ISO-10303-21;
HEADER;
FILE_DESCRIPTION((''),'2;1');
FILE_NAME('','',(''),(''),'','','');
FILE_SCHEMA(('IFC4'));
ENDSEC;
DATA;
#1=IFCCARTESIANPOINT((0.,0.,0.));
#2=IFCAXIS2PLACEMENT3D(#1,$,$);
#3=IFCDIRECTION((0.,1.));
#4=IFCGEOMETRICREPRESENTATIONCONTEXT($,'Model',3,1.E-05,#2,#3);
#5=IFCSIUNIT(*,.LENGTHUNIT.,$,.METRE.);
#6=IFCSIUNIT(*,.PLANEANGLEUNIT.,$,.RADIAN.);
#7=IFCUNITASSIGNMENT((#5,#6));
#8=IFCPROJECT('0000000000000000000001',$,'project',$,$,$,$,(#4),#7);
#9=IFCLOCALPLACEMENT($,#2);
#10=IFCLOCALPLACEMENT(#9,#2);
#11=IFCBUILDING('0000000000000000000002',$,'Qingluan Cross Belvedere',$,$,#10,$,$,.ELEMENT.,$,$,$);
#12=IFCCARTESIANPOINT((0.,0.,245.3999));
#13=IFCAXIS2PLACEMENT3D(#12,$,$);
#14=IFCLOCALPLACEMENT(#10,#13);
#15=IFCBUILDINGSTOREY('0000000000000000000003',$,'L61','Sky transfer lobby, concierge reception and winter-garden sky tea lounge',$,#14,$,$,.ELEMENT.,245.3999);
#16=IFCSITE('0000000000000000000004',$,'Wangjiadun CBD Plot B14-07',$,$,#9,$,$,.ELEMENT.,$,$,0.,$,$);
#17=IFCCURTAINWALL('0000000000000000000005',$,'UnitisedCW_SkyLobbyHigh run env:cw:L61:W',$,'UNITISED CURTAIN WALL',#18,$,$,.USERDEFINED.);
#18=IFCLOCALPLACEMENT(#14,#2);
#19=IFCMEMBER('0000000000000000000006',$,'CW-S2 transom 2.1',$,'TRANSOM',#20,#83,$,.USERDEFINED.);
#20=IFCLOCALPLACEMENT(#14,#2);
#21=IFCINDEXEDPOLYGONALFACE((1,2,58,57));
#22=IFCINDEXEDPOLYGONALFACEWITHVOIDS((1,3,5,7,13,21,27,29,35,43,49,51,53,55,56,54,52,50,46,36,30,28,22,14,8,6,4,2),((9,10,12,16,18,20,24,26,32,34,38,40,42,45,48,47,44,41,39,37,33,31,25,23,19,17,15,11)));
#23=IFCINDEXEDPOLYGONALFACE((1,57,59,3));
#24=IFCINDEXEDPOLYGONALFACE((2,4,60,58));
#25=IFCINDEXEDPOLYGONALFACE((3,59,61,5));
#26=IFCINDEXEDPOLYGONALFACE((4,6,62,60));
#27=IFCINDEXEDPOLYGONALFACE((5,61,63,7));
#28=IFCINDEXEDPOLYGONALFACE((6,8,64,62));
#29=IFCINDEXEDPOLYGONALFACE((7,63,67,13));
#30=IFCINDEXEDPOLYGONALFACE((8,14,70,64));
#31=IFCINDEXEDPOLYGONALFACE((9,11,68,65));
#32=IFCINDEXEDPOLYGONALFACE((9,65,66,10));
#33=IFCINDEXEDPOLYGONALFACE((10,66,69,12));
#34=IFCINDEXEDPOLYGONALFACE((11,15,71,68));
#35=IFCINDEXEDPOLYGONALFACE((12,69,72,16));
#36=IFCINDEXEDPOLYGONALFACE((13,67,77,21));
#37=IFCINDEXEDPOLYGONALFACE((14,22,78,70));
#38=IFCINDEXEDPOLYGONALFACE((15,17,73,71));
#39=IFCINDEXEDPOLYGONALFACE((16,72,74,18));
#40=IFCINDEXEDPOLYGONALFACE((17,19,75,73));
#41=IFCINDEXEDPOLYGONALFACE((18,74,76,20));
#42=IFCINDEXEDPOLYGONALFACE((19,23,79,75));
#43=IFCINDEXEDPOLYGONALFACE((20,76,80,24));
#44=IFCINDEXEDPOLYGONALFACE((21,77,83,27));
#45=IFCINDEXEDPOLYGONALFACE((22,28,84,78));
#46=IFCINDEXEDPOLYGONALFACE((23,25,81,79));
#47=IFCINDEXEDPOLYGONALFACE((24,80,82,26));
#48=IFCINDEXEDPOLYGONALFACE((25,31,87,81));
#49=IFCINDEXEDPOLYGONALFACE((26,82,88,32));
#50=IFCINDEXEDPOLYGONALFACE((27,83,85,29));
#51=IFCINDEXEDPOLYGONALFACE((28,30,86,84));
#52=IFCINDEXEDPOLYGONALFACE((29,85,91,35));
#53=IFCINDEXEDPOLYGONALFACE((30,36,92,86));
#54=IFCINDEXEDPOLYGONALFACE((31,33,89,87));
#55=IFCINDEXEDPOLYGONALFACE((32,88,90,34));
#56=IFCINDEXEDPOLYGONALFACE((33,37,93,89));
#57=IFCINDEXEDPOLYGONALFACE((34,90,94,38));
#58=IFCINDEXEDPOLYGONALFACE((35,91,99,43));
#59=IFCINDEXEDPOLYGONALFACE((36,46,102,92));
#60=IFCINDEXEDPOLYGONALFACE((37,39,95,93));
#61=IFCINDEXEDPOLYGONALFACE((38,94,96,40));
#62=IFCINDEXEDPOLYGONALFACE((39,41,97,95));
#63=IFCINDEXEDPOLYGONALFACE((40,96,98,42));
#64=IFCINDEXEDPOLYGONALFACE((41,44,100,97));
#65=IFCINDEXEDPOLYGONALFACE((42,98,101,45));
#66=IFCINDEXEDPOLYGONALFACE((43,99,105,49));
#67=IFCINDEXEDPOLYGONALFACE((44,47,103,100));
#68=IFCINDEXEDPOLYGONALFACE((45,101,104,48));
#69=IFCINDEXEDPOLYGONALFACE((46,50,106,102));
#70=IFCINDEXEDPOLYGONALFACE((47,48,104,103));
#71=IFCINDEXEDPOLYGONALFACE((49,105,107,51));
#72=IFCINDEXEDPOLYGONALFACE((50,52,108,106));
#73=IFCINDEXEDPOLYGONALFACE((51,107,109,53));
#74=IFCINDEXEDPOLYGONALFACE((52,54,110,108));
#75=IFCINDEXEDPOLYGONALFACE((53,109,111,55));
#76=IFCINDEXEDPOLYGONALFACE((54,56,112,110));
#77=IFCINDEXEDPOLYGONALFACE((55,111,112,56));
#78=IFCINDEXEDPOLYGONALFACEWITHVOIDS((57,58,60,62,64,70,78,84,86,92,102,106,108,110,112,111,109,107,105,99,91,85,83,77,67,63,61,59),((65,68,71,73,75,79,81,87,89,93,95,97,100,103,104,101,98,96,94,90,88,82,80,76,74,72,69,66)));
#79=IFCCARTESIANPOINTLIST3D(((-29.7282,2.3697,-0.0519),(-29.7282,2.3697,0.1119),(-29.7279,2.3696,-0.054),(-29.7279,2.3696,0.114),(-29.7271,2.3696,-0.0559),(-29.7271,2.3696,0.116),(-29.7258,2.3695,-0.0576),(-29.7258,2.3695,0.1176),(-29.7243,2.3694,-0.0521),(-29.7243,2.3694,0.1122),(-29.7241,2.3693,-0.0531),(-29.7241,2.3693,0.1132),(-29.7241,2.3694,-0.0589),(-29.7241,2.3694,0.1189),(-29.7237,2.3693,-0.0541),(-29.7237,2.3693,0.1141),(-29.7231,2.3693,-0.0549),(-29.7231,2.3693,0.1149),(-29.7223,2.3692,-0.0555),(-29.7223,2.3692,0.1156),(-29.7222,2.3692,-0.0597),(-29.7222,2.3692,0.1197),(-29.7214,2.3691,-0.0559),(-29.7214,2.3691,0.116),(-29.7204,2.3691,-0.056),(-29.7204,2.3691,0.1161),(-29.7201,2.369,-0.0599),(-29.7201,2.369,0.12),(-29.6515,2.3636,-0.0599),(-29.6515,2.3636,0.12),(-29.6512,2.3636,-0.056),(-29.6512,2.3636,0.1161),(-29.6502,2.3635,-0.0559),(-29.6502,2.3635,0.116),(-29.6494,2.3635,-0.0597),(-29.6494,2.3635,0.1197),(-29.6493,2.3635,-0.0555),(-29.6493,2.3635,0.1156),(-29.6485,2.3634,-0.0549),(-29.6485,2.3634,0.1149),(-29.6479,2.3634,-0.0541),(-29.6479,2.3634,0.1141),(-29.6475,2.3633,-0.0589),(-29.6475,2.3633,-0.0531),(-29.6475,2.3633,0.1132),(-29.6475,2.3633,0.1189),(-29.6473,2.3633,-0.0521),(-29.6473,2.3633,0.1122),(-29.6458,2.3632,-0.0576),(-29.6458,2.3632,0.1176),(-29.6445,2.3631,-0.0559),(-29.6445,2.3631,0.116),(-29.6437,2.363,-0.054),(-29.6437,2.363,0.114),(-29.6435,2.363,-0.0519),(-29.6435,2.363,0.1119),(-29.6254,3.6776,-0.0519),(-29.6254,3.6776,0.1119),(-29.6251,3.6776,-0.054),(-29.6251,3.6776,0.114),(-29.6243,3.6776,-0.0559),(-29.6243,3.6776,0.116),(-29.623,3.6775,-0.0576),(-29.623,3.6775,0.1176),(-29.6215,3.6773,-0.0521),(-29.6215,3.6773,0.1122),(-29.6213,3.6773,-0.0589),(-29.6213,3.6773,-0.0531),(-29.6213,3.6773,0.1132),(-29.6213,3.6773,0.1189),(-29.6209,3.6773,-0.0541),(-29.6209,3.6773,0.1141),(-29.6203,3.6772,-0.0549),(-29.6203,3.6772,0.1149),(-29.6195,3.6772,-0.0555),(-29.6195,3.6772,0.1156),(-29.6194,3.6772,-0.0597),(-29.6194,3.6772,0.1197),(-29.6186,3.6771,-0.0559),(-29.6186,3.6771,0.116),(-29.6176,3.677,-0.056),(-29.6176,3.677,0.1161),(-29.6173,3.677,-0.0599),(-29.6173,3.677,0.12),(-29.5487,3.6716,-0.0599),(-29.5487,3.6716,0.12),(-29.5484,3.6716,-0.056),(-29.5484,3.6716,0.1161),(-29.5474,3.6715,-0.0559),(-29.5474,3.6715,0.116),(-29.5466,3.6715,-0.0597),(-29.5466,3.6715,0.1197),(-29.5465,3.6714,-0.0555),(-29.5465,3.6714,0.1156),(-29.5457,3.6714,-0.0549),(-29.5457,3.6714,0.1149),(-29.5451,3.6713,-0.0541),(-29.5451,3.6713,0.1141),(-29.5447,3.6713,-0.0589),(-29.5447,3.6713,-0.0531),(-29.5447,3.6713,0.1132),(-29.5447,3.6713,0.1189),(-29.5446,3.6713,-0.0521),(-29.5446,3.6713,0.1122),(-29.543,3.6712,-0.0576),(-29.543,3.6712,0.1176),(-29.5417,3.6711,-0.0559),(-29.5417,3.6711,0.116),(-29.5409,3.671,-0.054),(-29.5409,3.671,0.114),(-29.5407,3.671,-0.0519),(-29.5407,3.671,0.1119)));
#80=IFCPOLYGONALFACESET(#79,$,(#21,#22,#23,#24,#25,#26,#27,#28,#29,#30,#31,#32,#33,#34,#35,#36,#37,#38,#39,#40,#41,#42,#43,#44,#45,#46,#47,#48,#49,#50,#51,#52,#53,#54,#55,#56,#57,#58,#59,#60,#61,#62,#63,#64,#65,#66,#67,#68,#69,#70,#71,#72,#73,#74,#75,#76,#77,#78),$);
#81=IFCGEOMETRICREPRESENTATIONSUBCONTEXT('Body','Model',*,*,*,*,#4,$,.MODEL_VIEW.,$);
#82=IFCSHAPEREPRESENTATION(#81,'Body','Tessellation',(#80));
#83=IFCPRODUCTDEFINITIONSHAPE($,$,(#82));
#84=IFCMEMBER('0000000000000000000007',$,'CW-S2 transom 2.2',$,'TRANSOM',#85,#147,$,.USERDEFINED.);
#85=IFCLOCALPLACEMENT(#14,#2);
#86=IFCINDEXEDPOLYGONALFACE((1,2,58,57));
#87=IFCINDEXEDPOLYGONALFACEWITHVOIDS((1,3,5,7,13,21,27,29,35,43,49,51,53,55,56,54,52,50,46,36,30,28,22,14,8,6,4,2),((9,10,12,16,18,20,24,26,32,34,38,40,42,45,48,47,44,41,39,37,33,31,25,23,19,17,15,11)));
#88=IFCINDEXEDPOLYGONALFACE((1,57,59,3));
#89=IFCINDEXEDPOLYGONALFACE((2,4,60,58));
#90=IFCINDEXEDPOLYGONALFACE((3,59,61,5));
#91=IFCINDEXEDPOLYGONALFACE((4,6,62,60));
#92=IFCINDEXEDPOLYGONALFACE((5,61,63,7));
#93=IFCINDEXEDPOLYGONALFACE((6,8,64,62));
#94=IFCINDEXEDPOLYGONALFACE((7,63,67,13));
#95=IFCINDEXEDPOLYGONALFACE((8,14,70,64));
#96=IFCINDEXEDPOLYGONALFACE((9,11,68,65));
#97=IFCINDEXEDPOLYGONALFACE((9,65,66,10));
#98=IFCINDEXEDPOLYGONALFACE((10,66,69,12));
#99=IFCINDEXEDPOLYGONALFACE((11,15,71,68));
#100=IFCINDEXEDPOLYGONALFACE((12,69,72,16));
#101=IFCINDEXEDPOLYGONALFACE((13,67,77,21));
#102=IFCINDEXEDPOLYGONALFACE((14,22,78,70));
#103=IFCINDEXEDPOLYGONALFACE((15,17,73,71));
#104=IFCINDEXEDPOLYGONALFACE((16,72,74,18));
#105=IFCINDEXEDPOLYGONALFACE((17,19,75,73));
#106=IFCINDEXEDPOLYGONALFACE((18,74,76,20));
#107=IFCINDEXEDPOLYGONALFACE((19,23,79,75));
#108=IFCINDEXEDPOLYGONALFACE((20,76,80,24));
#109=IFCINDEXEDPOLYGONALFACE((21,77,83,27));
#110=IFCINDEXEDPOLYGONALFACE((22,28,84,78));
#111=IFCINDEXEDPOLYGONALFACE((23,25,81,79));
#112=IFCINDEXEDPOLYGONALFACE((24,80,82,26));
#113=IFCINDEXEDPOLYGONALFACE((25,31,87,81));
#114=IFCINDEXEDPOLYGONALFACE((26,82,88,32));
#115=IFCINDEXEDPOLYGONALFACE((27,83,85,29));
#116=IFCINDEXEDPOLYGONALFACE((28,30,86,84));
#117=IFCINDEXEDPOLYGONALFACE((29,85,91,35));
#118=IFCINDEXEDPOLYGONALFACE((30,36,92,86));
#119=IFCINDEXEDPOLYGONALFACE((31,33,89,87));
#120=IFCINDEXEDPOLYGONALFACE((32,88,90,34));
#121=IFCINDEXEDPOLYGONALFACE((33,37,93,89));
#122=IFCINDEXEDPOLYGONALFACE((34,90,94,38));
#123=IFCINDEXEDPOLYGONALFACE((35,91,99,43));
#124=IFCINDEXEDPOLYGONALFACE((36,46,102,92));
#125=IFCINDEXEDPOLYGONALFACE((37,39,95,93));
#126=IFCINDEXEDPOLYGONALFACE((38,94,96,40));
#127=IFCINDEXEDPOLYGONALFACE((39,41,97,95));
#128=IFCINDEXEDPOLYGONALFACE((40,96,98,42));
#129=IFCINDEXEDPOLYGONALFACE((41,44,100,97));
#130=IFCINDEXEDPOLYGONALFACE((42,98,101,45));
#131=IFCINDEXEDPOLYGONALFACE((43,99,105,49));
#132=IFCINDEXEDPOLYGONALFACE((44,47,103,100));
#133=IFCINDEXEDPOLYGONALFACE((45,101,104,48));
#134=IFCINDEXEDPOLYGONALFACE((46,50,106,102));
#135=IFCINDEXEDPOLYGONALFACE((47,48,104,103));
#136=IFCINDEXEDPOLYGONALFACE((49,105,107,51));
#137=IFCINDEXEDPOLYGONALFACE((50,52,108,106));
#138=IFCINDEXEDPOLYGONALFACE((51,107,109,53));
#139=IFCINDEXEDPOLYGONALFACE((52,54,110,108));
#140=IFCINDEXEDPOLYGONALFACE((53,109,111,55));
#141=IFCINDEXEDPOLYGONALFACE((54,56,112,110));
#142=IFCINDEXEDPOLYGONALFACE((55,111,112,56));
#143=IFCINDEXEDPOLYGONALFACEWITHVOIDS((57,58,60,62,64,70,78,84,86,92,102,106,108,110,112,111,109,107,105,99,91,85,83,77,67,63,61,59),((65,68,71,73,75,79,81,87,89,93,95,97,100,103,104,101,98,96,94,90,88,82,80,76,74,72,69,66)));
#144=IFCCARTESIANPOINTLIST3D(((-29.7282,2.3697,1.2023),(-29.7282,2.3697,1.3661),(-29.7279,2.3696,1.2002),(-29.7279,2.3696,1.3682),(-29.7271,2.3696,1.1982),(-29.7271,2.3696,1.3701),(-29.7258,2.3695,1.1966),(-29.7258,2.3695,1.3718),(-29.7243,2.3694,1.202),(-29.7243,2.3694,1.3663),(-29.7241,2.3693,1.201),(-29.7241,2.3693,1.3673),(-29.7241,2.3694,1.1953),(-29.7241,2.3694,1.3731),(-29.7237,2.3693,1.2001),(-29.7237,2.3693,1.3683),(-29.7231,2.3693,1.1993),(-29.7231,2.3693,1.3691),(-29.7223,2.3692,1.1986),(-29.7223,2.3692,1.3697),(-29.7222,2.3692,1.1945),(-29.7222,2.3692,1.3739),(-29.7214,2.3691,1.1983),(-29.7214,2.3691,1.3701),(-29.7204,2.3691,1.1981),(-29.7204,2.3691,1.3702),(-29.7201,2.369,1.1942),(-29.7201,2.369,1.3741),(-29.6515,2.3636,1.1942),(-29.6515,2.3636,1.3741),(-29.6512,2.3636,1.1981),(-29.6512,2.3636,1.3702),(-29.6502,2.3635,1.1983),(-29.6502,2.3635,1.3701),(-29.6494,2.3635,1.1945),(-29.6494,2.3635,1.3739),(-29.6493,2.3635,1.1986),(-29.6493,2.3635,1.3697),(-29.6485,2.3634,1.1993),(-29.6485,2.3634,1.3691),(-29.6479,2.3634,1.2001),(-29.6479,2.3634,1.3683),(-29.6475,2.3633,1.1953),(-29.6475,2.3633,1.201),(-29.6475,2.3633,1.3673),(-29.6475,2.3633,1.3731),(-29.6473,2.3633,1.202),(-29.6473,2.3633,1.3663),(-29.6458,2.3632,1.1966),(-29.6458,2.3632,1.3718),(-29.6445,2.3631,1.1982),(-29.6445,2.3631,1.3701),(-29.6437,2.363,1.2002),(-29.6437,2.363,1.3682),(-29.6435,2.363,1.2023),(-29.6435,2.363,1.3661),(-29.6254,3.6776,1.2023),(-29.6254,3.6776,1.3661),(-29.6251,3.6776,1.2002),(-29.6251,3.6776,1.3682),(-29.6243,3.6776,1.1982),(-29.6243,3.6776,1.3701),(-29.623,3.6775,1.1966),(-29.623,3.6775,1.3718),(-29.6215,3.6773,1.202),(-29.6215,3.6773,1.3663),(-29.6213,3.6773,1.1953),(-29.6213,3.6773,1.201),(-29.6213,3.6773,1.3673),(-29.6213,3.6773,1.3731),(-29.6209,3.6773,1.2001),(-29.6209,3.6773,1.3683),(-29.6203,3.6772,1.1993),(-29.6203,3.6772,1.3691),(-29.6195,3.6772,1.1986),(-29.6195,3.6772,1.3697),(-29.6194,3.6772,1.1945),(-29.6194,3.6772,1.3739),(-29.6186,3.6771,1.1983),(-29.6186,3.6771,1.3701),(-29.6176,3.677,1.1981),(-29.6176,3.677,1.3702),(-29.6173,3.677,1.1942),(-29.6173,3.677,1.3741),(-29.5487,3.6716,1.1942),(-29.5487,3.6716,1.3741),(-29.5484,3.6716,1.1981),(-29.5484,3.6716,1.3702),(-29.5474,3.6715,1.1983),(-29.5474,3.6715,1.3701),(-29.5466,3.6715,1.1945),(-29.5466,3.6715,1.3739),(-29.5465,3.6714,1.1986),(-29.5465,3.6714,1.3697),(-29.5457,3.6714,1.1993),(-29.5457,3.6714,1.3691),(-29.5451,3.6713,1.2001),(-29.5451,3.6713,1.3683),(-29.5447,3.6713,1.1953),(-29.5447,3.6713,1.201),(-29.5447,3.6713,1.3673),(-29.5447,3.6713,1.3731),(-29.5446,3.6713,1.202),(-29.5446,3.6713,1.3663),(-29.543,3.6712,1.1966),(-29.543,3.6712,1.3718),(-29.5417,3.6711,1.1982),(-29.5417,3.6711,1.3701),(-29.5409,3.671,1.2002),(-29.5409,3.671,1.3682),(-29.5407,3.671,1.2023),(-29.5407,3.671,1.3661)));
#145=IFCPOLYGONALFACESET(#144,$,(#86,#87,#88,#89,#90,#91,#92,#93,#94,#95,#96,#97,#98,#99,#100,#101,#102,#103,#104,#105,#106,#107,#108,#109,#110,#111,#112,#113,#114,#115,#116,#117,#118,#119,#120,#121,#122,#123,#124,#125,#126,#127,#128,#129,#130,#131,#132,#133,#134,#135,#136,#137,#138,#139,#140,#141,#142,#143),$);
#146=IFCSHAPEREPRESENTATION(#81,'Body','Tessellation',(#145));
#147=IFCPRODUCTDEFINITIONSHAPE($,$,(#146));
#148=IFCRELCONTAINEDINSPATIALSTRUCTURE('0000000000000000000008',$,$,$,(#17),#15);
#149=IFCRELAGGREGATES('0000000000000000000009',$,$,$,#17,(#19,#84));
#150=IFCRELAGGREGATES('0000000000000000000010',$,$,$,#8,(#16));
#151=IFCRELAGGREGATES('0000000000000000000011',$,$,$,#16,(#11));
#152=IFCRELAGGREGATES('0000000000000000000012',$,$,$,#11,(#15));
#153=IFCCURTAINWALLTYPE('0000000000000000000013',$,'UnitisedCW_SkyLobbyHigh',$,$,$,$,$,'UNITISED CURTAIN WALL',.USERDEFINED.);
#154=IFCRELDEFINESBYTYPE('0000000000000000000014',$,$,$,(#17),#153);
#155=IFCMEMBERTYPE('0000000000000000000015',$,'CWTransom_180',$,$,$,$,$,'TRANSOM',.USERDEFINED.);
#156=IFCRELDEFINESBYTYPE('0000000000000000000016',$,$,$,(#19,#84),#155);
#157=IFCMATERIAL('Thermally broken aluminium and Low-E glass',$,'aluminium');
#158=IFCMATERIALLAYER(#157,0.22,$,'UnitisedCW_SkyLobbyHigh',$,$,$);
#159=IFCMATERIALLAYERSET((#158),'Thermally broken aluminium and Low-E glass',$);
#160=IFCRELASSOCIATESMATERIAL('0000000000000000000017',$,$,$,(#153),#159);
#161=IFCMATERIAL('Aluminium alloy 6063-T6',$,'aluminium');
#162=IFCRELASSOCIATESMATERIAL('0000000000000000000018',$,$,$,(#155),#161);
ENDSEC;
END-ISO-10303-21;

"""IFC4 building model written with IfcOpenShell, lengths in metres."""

from ifc_helpers import new_model, si_unit, direction, frame, origin, origin_2d, place, context, subcontext, project, spatial, hollow_rectangle, extrude, material, layer, layer_set, material_profile, profile_set, type_object, element, aggregate, save


model = new_model("IFC4")

# Units and contexts
model_context = context("Model", 3, precision=1e-05, world=origin(), true_north=direction((0.0, 1.0)))
body_context = subcontext(model_context, "Body", "Model", "MODEL_VIEW")
ifc_project = project(units=[si_unit("LENGTHUNIT", "METRE"), si_unit("PLANEANGLEUNIT", "RADIAN")], contexts=[model_context])

# Site, building, storey
site_placement = place(None, origin())
site = spatial("IfcSite", under=ifc_project, at=site_placement, Name="Wangjiadun CBD Plot B14-07", CompositionType="ELEMENT", RefElevation=0.0)
building_placement = place(site_placement, origin())
building = spatial("IfcBuilding", under=site, at=building_placement, Name="Qingluan Cross Belvedere", CompositionType="ELEMENT")
storey_placement = place(building_placement, frame((0.0, 0.0, 245.3999)))
storey = spatial("IfcBuildingStorey", under=building, at=storey_placement, Name="L61", Description="Sky transfer lobby, concierge reception and winter-garden sky tea lounge", CompositionType="ELEMENT", Elevation=245.3999)

# Curtain wall, members
ifc_material_1 = material(Name="Thermally broken aluminium and Low-E glass", Category="aluminium")
ifc_layer_1 = layer(ifc_material_1, 0.22, Name="UnitisedCW_SkyLobbyHigh")
ifc_layer_set_1 = layer_set([ifc_layer_1], Name="Thermally broken aluminium and Low-E glass")
curtain_wall_type = type_object("IfcCurtainWallType", Name="UnitisedCW_SkyLobbyHigh", ElementType="UNITISED CURTAIN WALL", PredefinedType="USERDEFINED", material=ifc_layer_set_1)
curtain_wall_placement = place(storey_placement, origin())
curtain_wall = element("IfcCurtainWall", 1, at=curtain_wall_placement, inside=storey, type_object=curtain_wall_type, Name="UnitisedCW_SkyLobbyHigh run env:cw:L61:W", ObjectType="UNITISED CURTAIN WALL", PredefinedType="USERDEFINED")
ifc_material_2 = material(Name="Aluminium alloy 6063-T6", Category="aluminium")
ifc_material_profile_1 = material_profile(ifc_material_2, hollow_rectangle(XDim=0.085, YDim=0.1799, WallThickness=0.0039, InnerFilletRadius=0.0039, OuterFilletRadius=0.0081, at=origin_2d()), Name="CWT180x85x4")
ifc_profile_set_1 = profile_set([ifc_material_profile_1], Name="Aluminium alloy 6063-T6")
member_type_1 = type_object("IfcMemberType", Name="CWTransom_180", ElementType="TRANSOM", PredefinedType="USERDEFINED", material=ifc_profile_set_1)
member_1_placement = place(storey_placement, frame((-29.583, 3.6743, 0.03), z_axis=(-0.078347, -0.996926, 0.0), x_axis=(0.996926, -0.078347, 0.0)))
member_1 = element("IfcMember", 2, at=member_1_placement, type_object=member_type_1, Name="CW-S2 transom 2.1", ObjectType="TRANSOM", PredefinedType="USERDEFINED", context=body_context, shape_type="SweptSolid", body=[
    extrude(hollow_rectangle(XDim=0.085, YDim=0.1799, WallThickness=0.0039, InnerFilletRadius=0.0039, OuterFilletRadius=0.0081, at=origin_2d()), origin(), (0.0, 0.0, 1.0), 1.312),
])
member_2_placement = place(storey_placement, frame((-29.583, 3.6743, 1.2842), z_axis=(-0.078347, -0.996926, 0.0), x_axis=(0.996926, -0.078347, 0.0)))
member_2 = element("IfcMember", 3, at=member_2_placement, type_object=member_type_1, Name="CW-S2 transom 2.2", ObjectType="TRANSOM", PredefinedType="USERDEFINED", context=body_context, shape_type="SweptSolid", body=[
    extrude(hollow_rectangle(XDim=0.085, YDim=0.1799, WallThickness=0.0039, InnerFilletRadius=0.0039, OuterFilletRadius=0.0081, at=origin_2d()), origin(), (0.0, 0.0, 1.0), 1.312),
])
aggregate(curtain_wall, [member_1, member_2])

save(model, "model.ifc")
